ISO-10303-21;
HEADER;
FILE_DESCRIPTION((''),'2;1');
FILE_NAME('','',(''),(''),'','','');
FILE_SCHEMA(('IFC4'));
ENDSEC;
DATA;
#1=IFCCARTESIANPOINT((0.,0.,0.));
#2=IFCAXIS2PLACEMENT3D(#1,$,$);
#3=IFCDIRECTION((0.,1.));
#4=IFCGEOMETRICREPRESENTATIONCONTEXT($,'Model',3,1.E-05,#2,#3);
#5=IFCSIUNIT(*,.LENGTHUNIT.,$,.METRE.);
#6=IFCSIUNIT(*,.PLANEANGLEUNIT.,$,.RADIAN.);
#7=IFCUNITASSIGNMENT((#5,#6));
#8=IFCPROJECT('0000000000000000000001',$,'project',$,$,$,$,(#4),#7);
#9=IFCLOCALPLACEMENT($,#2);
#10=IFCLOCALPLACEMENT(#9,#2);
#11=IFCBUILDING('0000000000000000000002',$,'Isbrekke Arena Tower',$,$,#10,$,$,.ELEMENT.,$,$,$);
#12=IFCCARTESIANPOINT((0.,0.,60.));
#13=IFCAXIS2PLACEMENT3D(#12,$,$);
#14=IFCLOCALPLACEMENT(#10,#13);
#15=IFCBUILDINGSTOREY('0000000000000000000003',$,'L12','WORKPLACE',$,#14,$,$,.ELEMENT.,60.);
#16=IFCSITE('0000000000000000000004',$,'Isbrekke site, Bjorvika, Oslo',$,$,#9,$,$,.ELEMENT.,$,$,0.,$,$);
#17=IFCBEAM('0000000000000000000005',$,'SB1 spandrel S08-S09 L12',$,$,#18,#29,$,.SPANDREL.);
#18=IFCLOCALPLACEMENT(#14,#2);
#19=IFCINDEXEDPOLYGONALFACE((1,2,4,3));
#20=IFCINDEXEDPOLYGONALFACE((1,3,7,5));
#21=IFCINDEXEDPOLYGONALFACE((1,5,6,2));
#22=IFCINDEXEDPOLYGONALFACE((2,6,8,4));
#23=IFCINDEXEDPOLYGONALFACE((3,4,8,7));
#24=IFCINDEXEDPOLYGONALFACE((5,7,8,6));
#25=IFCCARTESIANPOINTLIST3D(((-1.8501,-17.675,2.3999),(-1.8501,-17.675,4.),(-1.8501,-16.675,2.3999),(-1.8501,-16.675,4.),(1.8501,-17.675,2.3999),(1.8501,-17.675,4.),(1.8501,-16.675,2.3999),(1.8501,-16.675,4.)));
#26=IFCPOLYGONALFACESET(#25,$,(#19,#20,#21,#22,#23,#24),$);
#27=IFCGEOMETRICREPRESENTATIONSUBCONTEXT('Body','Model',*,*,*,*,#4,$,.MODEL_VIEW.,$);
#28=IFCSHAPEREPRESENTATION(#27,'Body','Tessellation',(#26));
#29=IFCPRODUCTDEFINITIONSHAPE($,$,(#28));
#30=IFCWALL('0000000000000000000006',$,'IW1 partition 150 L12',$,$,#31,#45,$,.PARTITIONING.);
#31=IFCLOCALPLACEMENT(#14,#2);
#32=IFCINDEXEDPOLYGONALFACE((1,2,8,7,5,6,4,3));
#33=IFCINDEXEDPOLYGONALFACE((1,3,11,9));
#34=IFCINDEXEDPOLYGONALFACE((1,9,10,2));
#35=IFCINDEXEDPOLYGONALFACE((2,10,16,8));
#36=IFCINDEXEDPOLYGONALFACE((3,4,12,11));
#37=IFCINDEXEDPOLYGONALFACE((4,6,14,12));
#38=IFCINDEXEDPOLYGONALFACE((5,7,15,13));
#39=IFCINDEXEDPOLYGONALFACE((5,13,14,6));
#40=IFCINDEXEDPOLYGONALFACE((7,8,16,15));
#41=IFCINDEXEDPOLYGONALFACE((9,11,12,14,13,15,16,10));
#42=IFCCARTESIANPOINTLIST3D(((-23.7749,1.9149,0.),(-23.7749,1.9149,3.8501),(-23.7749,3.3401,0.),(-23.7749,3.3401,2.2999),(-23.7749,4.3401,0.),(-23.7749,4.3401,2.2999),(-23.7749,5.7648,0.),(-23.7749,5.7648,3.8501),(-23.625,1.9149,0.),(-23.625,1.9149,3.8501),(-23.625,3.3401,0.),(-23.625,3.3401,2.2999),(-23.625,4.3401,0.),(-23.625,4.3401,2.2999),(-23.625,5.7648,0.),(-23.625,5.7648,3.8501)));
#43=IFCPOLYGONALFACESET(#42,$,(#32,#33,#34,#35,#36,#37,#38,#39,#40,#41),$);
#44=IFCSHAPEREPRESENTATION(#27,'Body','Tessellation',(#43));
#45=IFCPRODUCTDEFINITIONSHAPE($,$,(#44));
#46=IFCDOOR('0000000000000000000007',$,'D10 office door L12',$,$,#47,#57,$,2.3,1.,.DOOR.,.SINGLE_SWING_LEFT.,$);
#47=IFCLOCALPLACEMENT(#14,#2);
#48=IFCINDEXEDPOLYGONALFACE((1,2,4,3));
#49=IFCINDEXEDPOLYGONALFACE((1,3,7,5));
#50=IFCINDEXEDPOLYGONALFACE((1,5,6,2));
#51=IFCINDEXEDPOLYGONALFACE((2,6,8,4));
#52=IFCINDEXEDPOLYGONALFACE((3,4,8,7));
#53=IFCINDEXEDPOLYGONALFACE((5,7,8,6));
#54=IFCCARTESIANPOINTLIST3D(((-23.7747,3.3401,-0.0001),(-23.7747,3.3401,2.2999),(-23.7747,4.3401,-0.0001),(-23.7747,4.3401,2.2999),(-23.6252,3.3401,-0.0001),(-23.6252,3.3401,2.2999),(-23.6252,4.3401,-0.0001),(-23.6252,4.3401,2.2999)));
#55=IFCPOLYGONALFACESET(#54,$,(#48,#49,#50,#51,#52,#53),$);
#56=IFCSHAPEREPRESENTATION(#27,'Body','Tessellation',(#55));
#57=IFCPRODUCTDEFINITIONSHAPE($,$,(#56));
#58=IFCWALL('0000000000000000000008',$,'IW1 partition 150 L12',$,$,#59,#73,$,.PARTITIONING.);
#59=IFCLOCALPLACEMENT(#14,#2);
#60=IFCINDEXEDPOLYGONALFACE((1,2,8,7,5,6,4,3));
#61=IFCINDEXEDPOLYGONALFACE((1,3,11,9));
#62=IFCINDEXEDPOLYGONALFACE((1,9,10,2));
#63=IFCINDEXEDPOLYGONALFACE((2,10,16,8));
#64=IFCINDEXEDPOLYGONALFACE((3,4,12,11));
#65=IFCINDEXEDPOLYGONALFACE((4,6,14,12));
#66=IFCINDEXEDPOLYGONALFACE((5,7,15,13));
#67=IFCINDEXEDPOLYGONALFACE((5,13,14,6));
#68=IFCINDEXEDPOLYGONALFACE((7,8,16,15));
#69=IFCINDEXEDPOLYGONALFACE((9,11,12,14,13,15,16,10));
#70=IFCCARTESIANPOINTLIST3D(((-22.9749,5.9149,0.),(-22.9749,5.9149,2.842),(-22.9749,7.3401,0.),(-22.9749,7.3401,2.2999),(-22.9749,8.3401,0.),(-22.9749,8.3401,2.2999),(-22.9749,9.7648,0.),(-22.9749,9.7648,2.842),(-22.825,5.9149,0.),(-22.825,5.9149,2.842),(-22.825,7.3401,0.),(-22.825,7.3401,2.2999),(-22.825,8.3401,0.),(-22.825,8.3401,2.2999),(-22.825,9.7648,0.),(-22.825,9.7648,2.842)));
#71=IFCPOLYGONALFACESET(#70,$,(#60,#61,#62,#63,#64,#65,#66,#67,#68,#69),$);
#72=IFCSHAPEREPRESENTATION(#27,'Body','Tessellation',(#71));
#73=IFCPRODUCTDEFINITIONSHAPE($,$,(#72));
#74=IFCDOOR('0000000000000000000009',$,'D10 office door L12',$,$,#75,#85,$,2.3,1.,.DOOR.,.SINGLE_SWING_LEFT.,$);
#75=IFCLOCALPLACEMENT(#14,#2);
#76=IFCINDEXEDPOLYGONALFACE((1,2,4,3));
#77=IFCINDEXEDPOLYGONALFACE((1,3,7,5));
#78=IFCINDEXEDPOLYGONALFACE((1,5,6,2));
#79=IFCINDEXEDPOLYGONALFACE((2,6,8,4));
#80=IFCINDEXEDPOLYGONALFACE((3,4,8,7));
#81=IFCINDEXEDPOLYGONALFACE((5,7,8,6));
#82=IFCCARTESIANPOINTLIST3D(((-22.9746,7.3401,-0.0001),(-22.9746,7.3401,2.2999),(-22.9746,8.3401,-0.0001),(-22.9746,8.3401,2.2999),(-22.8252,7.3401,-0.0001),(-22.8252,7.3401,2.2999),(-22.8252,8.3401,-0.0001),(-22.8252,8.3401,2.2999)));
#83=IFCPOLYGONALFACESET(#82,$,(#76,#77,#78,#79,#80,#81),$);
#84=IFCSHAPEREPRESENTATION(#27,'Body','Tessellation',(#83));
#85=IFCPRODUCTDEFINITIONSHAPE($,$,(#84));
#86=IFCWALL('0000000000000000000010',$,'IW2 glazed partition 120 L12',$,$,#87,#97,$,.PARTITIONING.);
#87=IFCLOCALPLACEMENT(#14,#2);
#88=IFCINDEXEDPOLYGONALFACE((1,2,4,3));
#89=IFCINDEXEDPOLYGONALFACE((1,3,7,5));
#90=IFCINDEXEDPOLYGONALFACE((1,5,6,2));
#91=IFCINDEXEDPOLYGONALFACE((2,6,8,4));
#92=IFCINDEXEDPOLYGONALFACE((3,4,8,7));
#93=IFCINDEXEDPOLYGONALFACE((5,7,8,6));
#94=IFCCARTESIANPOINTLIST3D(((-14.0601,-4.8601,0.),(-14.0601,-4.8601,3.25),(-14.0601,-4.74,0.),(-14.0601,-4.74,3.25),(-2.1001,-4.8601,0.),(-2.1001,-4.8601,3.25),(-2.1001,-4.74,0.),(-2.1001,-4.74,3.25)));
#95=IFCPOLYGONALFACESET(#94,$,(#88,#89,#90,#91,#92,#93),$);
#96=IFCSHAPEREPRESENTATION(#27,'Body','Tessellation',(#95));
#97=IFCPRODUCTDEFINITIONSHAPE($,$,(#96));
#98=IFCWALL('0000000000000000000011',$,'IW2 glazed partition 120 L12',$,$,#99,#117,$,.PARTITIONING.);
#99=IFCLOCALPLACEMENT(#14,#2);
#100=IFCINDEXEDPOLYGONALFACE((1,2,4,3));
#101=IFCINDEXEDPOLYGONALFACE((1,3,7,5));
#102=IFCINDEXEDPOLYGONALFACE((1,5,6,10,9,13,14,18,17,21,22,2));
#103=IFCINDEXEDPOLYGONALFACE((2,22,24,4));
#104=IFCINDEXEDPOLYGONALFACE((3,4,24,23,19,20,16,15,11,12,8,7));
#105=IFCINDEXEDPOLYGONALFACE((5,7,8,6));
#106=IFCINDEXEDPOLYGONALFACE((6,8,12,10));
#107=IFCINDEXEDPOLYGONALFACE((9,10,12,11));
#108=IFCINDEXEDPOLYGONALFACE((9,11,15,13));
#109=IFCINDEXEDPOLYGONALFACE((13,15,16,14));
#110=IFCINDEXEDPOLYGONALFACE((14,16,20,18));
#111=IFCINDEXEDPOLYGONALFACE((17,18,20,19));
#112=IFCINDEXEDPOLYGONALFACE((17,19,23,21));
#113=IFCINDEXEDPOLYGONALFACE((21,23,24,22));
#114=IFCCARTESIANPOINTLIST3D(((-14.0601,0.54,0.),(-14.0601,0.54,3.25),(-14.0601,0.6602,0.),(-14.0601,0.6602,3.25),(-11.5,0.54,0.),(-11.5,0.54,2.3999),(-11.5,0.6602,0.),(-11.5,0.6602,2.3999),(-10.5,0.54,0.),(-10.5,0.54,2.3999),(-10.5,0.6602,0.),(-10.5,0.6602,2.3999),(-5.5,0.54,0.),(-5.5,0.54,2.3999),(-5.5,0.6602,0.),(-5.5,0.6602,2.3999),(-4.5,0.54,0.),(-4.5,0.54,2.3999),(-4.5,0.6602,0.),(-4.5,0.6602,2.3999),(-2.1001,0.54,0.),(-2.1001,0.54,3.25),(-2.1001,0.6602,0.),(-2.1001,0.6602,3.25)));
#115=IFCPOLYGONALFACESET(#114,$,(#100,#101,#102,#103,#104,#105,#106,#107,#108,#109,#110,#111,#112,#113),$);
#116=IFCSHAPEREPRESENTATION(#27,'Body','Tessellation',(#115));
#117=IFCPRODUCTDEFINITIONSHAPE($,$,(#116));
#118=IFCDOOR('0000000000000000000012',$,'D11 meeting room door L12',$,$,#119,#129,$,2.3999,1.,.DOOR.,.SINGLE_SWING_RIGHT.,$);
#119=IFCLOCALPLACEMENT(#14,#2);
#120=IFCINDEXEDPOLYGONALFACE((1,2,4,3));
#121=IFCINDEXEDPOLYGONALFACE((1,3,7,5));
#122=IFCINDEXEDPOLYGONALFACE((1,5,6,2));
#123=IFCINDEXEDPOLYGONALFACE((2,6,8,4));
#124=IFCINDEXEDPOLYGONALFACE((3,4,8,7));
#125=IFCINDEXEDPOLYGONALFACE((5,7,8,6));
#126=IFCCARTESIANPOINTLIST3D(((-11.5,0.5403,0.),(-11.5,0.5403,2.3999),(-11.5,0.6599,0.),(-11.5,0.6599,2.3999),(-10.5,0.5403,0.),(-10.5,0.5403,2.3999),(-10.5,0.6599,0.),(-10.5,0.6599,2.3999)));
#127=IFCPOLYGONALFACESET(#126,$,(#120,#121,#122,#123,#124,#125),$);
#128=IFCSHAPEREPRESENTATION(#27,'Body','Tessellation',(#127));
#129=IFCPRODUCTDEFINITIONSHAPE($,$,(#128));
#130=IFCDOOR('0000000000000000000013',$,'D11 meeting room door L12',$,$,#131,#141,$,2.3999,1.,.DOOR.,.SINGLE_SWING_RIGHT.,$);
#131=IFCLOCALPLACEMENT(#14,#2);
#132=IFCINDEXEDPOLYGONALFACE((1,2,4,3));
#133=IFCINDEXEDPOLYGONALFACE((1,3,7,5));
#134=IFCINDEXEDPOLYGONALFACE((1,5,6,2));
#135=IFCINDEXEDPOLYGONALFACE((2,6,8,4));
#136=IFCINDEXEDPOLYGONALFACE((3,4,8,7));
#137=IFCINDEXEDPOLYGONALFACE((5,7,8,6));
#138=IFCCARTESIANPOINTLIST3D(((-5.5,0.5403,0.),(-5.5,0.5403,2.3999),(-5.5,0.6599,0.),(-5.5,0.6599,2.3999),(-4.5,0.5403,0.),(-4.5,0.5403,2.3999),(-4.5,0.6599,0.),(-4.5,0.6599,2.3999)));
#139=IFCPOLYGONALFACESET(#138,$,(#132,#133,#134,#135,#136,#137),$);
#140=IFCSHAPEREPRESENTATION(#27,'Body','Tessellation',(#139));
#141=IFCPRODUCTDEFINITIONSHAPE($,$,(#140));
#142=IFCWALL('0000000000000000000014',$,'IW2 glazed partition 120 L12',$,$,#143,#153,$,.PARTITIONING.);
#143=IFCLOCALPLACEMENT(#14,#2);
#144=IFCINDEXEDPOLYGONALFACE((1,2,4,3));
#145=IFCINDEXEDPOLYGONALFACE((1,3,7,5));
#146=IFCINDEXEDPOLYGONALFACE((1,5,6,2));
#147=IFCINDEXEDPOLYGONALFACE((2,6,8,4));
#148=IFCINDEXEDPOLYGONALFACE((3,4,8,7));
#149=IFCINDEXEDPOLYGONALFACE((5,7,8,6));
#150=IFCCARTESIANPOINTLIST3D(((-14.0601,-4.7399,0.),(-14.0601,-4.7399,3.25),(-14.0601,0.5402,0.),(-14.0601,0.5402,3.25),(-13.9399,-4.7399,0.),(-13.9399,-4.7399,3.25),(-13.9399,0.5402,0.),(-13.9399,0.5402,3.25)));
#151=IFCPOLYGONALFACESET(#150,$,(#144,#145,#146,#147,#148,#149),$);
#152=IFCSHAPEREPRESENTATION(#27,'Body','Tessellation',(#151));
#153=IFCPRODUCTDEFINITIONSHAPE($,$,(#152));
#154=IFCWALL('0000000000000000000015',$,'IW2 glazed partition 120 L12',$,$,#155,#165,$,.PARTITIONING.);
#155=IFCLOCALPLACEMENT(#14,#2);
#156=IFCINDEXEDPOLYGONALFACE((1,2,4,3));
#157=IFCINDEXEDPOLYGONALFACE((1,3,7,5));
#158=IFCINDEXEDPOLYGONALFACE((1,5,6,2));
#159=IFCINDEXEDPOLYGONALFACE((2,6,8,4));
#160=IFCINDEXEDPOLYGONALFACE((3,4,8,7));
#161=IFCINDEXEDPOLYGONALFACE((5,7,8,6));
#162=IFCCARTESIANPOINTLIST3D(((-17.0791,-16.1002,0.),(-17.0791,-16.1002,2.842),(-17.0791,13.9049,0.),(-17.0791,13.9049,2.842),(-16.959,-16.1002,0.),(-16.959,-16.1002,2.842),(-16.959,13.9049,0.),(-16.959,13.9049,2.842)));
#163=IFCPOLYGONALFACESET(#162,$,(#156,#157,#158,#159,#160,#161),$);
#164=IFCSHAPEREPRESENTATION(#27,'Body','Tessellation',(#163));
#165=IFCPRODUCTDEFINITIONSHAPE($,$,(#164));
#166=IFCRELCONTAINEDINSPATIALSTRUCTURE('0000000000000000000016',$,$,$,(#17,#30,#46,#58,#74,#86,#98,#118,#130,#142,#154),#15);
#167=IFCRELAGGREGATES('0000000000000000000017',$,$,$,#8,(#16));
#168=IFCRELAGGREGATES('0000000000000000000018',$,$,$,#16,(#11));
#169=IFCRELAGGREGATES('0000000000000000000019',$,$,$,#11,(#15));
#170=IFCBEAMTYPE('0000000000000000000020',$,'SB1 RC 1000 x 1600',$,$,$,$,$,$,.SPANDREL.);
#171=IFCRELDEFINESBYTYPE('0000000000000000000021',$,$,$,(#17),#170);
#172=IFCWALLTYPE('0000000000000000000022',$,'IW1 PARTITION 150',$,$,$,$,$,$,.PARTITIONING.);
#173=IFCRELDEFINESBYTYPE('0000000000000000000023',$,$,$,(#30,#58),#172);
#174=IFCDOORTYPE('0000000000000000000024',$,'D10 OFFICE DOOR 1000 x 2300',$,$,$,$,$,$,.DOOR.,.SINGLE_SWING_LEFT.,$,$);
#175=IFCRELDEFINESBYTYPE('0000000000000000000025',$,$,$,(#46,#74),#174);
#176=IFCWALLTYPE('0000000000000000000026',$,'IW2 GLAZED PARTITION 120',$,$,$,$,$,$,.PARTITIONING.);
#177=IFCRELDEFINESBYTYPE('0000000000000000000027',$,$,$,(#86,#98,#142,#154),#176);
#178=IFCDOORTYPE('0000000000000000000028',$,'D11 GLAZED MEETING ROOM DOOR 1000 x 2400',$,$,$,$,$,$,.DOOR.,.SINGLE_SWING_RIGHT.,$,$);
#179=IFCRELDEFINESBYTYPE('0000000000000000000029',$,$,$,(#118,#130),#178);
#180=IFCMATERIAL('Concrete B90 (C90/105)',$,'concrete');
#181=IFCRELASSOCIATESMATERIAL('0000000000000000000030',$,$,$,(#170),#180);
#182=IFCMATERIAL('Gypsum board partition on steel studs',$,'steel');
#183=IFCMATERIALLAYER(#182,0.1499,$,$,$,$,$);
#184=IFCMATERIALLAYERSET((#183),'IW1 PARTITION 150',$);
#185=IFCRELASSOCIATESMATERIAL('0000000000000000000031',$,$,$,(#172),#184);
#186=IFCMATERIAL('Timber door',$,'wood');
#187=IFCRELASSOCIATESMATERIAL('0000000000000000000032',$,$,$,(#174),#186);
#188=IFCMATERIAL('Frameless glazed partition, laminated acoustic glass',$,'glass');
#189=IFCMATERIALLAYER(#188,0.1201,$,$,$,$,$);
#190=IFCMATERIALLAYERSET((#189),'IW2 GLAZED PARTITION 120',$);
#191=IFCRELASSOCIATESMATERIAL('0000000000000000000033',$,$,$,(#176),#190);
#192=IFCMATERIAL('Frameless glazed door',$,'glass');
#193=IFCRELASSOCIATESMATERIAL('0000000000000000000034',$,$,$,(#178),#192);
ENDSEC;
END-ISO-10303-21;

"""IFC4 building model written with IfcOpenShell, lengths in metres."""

from ifc_helpers import new_model, si_unit, direction, frame, frame_2d, origin, origin_2d, place, context, subcontext, project, spatial, rectangle, extrude, material, layer, layer_set, material_profile, profile_set, type_object, element, fill, save


model = new_model("IFC4")

# Units and contexts
model_context = context("Model", 3, precision=1e-05, world=origin(), true_north=direction((0.0, 1.0)))
body_context = subcontext(model_context, "Body", "Model", "MODEL_VIEW")
ifc_project = project(units=[si_unit("LENGTHUNIT", "METRE"), si_unit("PLANEANGLEUNIT", "RADIAN")], contexts=[model_context])

# Site, building, storey
site_placement = place(None, origin())
site = spatial("IfcSite", under=ifc_project, at=site_placement, Name="Isbrekke site, Bjorvika, Oslo", CompositionType="ELEMENT", RefElevation=0.0)
building_placement = place(site_placement, origin())
building = spatial("IfcBuilding", under=site, at=building_placement, Name="Isbrekke Arena Tower", CompositionType="ELEMENT")
storey_placement = place(building_placement, frame((0.0, 0.0, 60.0)))
storey = spatial("IfcBuildingStorey", under=building, at=storey_placement, Name="L12", Description="WORKPLACE", CompositionType="ELEMENT", Elevation=60.0)

# Beam
ifc_material_1 = material(Name="Concrete B90 (C90/105)", Category="concrete")
ifc_material_profile_1 = material_profile(ifc_material_1, rectangle(XDim=1.0, YDim=1.6001, at=origin_2d()), Name="RC 1000x1600")
ifc_profile_set_1 = profile_set([ifc_material_profile_1], Name="Concrete B90 (C90/105)")
beam_type_1 = type_object("IfcBeamType", Name="SB1 RC 1000 x 1600", PredefinedType="SPANDREL", material=ifc_profile_set_1)
beam_1_placement = place(storey_placement, frame((-1.8501, -17.175, 3.2), z_axis=(1.0, 0.0, 0.0), x_axis=(0.0, 1.0, 0.0)))
element("IfcBeam", 1, at=beam_1_placement, inside=storey, type_object=beam_type_1, Name="SB1 spandrel S08-S09 L12", PredefinedType="SPANDREL", context=body_context, shape_type="SweptSolid", body=[
    extrude(rectangle(XDim=1.0, YDim=1.6001, at=origin_2d()), origin(), (0.0, 0.0, 1.0), 3.7002),
])

# Walls, openings, doors
ifc_material_2 = material(Name="Gypsum board partition on steel studs", Category="steel")
ifc_layer_1 = layer(ifc_material_2, 0.1499)
ifc_layer_set_1 = layer_set([ifc_layer_1], Name="IW1 PARTITION 150")
wall_type_1 = type_object("IfcWallType", Name="IW1 PARTITION 150", PredefinedType="PARTITIONING", material=ifc_layer_set_1)
wall_1_placement = place(storey_placement, frame((-23.7, 1.915, 0.0), z_axis=(0.0, 0.0, 1.0), x_axis=(0.0, 1.0, 0.0)))
wall_1 = element("IfcWall", 2, at=wall_1_placement, inside=storey, type_object=wall_type_1, Name="IW1 partition 150 L12", PredefinedType="PARTITIONING", context=body_context, shape_type="SweptSolid", body=[
    extrude(rectangle(XDim=3.8499, YDim=0.1499, at=frame_2d((1.9248, 0.0))), origin(), (0.0, 0.0, 1.0), 3.8501),
])
opening_1_placement = place(wall_1_placement, frame((1.425, 0.0, 0.0)))
opening_1 = element("IfcOpeningElement", 3, at=opening_1_placement, cuts=wall_1, PredefinedType="OPENING", context=body_context, shape_type="SweptSolid", body=[
    extrude(rectangle(XDim=1.0, YDim=2.3, at=frame_2d((0.5, 1.1499))), frame((0.0, 0.0898, 0.0), z_axis=(0.0, -1.0, 0.0), x_axis=(1.0, 0.0, 0.0)), (0.0, 0.0, 1.0), 0.1797),
])
ifc_material_3 = material(Name="Timber door", Category="wood")
door_type_1 = type_object("IfcDoorType", Name="D10 OFFICE DOOR 1000 x 2300", OperationType="SINGLE_SWING_LEFT", PredefinedType="DOOR", material=ifc_material_3)
door_1_placement = place(opening_1_placement, origin())
door_1 = element("IfcDoor", 4, at=door_1_placement, inside=storey, type_object=door_type_1, Name="D10 office door L12", OperationType="SINGLE_SWING_LEFT", OverallHeight=2.3, OverallWidth=1.0, PredefinedType="DOOR", context=body_context, shape_type="SweptSolid", body=[
    extrude(rectangle(XDim=1.0, YDim=2.3, at=frame_2d((0.5, 1.1499))), frame((0.0, 0.0747, 0.0), z_axis=(0.0, -1.0, 0.0), x_axis=(1.0, 0.0, 0.0)), (0.0, 0.0, 1.0), 0.1494),
])
fill(opening_1, door_1)
wall_2_placement = place(storey_placement, frame((-22.8999, 5.915, 0.0), z_axis=(0.0, 0.0, 1.0), x_axis=(0.0, 1.0, 0.0)))
wall_2 = element("IfcWall", 5, at=wall_2_placement, inside=storey, type_object=wall_type_1, Name="IW1 partition 150 L12", PredefinedType="PARTITIONING", context=body_context, shape_type="SweptSolid", body=[
    extrude(rectangle(XDim=3.8499, YDim=0.1499, at=frame_2d((1.9248, 0.0))), origin(), (0.0, 0.0, 1.0), 2.842),
])
opening_2_placement = place(wall_2_placement, frame((1.425, 0.0, 0.0)))
opening_2 = element("IfcOpeningElement", 6, at=opening_2_placement, cuts=wall_2, PredefinedType="OPENING", context=body_context, shape_type="SweptSolid", body=[
    extrude(rectangle(XDim=1.0, YDim=2.3, at=frame_2d((0.5, 1.1499))), frame((0.0, 0.0898, 0.0), z_axis=(0.0, -1.0, 0.0), x_axis=(1.0, 0.0, 0.0)), (0.0, 0.0, 1.0), 0.1797),
])
door_2_placement = place(opening_2_placement, origin())
door_2 = element("IfcDoor", 7, at=door_2_placement, inside=storey, type_object=door_type_1, Name="D10 office door L12", OperationType="SINGLE_SWING_LEFT", OverallHeight=2.3, OverallWidth=1.0, PredefinedType="DOOR", context=body_context, shape_type="SweptSolid", body=[
    extrude(rectangle(XDim=1.0, YDim=2.3, at=frame_2d((0.5, 1.1499))), frame((0.0, 0.0747, 0.0), z_axis=(0.0, -1.0, 0.0), x_axis=(1.0, 0.0, 0.0)), (0.0, 0.0, 1.0), 0.1494),
])
fill(opening_2, door_2)

# Wall
ifc_material_4 = material(Name="Frameless glazed partition, laminated acoustic glass", Category="glass")
ifc_layer_2 = layer(ifc_material_4, 0.1201)
ifc_layer_set_2 = layer_set([ifc_layer_2], Name="IW2 GLAZED PARTITION 120")
wall_type_2 = type_object("IfcWallType", Name="IW2 GLAZED PARTITION 120", PredefinedType="PARTITIONING", material=ifc_layer_set_2)
wall_3_placement = place(storey_placement, frame((-14.0601, -4.8, 0.0), z_axis=(0.0, 0.0, 1.0), x_axis=(1.0, 0.0, 0.0)))
element("IfcWall", 8, at=wall_3_placement, inside=storey, type_object=wall_type_2, Name="IW2 glazed partition 120 L12", PredefinedType="PARTITIONING", context=body_context, shape_type="SweptSolid", body=[
    extrude(rectangle(XDim=11.96, YDim=0.1201, at=frame_2d((5.98, 0.0))), origin(), (0.0, 0.0, 1.0), 3.25),
])

# Wall, openings, doors
wall_4_placement = place(storey_placement, frame((-14.0601, 0.6001, 0.0), z_axis=(0.0, 0.0, 1.0), x_axis=(1.0, 0.0, 0.0)))
wall_4 = element("IfcWall", 9, at=wall_4_placement, inside=storey, type_object=wall_type_2, Name="IW2 glazed partition 120 L12", PredefinedType="PARTITIONING", context=body_context, shape_type="SweptSolid", body=[
    extrude(rectangle(XDim=11.96, YDim=0.1201, at=frame_2d((5.98, 0.0))), origin(), (0.0, 0.0, 1.0), 3.25),
])
opening_3_placement = place(wall_4_placement, frame((2.5601, 0.0, 0.0)))
opening_3 = element("IfcOpeningElement", 10, at=opening_3_placement, cuts=wall_4, PredefinedType="OPENING", context=body_context, shape_type="SweptSolid", body=[
    extrude(rectangle(XDim=1.0, YDim=2.3999, at=frame_2d((0.5, 1.2))), frame((0.0, 0.075, 0.0), z_axis=(0.0, -1.0, 0.0), x_axis=(1.0, 0.0, 0.0)), (0.0, 0.0, 1.0), 0.1499),
])
opening_4_placement = place(wall_4_placement, frame((8.5601, 0.0, 0.0)))
opening_4 = element("IfcOpeningElement", 11, at=opening_4_placement, cuts=wall_4, PredefinedType="OPENING", context=body_context, shape_type="SweptSolid", body=[
    extrude(rectangle(XDim=1.0, YDim=2.3999, at=frame_2d((0.5, 1.2))), frame((0.0, 0.075, 0.0), z_axis=(0.0, -1.0, 0.0), x_axis=(1.0, 0.0, 0.0)), (0.0, 0.0, 1.0), 0.1499),
])
ifc_material_5 = material(Name="Frameless glazed door", Category="glass")
door_type_2 = type_object("IfcDoorType", Name="D11 GLAZED MEETING ROOM DOOR 1000 x 2400", OperationType="SINGLE_SWING_RIGHT", PredefinedType="DOOR", material=ifc_material_5)
door_3_placement = place(opening_3_placement, origin())
door_3 = element("IfcDoor", 12, at=door_3_placement, inside=storey, type_object=door_type_2, Name="D11 meeting room door L12", OperationType="SINGLE_SWING_RIGHT", OverallHeight=2.3999, OverallWidth=1.0, PredefinedType="DOOR", context=body_context, shape_type="SweptSolid", body=[
    extrude(rectangle(XDim=1.0, YDim=2.3999, at=frame_2d((0.5, 1.2))), frame((0.0, 0.0598, 0.0), z_axis=(0.0, -1.0, 0.0), x_axis=(1.0, 0.0, 0.0)), (0.0, 0.0, 1.0), 0.1196),
])
fill(opening_3, door_3)
door_4_placement = place(opening_4_placement, origin())
door_4 = element("IfcDoor", 13, at=door_4_placement, inside=storey, type_object=door_type_2, Name="D11 meeting room door L12", OperationType="SINGLE_SWING_RIGHT", OverallHeight=2.3999, OverallWidth=1.0, PredefinedType="DOOR", context=body_context, shape_type="SweptSolid", body=[
    extrude(rectangle(XDim=1.0, YDim=2.3999, at=frame_2d((0.5, 1.2))), frame((0.0, 0.0598, 0.0), z_axis=(0.0, -1.0, 0.0), x_axis=(1.0, 0.0, 0.0)), (0.0, 0.0, 1.0), 0.1196),
])
fill(opening_4, door_4)

# Walls
wall_5_placement = place(storey_placement, frame((-14.0, -4.74, 0.0), z_axis=(0.0, 0.0, 1.0), x_axis=(0.0, 1.0, 0.0)))
element("IfcWall", 14, at=wall_5_placement, inside=storey, type_object=wall_type_2, Name="IW2 glazed partition 120 L12", PredefinedType="PARTITIONING", context=body_context, shape_type="SweptSolid", body=[
    extrude(rectangle(XDim=5.28, YDim=0.1201, at=frame_2d((2.6401, 0.0))), origin(), (0.0, 0.0, 1.0), 3.25),
])
wall_6_placement = place(storey_placement, frame((-17.019, -16.1001, 0.0), z_axis=(0.0, 0.0, 1.0), x_axis=(0.0, 1.0, 0.0)))
element("IfcWall", 15, at=wall_6_placement, inside=storey, type_object=wall_type_2, Name="IW2 glazed partition 120 L12", PredefinedType="PARTITIONING", context=body_context, shape_type="SweptSolid", body=[
    extrude(rectangle(XDim=30.0051, YDim=0.1201, at=frame_2d((15.0024, 0.0))), origin(), (0.0, 0.0, 1.0), 2.842),
])

save(model, "model.ifc")
